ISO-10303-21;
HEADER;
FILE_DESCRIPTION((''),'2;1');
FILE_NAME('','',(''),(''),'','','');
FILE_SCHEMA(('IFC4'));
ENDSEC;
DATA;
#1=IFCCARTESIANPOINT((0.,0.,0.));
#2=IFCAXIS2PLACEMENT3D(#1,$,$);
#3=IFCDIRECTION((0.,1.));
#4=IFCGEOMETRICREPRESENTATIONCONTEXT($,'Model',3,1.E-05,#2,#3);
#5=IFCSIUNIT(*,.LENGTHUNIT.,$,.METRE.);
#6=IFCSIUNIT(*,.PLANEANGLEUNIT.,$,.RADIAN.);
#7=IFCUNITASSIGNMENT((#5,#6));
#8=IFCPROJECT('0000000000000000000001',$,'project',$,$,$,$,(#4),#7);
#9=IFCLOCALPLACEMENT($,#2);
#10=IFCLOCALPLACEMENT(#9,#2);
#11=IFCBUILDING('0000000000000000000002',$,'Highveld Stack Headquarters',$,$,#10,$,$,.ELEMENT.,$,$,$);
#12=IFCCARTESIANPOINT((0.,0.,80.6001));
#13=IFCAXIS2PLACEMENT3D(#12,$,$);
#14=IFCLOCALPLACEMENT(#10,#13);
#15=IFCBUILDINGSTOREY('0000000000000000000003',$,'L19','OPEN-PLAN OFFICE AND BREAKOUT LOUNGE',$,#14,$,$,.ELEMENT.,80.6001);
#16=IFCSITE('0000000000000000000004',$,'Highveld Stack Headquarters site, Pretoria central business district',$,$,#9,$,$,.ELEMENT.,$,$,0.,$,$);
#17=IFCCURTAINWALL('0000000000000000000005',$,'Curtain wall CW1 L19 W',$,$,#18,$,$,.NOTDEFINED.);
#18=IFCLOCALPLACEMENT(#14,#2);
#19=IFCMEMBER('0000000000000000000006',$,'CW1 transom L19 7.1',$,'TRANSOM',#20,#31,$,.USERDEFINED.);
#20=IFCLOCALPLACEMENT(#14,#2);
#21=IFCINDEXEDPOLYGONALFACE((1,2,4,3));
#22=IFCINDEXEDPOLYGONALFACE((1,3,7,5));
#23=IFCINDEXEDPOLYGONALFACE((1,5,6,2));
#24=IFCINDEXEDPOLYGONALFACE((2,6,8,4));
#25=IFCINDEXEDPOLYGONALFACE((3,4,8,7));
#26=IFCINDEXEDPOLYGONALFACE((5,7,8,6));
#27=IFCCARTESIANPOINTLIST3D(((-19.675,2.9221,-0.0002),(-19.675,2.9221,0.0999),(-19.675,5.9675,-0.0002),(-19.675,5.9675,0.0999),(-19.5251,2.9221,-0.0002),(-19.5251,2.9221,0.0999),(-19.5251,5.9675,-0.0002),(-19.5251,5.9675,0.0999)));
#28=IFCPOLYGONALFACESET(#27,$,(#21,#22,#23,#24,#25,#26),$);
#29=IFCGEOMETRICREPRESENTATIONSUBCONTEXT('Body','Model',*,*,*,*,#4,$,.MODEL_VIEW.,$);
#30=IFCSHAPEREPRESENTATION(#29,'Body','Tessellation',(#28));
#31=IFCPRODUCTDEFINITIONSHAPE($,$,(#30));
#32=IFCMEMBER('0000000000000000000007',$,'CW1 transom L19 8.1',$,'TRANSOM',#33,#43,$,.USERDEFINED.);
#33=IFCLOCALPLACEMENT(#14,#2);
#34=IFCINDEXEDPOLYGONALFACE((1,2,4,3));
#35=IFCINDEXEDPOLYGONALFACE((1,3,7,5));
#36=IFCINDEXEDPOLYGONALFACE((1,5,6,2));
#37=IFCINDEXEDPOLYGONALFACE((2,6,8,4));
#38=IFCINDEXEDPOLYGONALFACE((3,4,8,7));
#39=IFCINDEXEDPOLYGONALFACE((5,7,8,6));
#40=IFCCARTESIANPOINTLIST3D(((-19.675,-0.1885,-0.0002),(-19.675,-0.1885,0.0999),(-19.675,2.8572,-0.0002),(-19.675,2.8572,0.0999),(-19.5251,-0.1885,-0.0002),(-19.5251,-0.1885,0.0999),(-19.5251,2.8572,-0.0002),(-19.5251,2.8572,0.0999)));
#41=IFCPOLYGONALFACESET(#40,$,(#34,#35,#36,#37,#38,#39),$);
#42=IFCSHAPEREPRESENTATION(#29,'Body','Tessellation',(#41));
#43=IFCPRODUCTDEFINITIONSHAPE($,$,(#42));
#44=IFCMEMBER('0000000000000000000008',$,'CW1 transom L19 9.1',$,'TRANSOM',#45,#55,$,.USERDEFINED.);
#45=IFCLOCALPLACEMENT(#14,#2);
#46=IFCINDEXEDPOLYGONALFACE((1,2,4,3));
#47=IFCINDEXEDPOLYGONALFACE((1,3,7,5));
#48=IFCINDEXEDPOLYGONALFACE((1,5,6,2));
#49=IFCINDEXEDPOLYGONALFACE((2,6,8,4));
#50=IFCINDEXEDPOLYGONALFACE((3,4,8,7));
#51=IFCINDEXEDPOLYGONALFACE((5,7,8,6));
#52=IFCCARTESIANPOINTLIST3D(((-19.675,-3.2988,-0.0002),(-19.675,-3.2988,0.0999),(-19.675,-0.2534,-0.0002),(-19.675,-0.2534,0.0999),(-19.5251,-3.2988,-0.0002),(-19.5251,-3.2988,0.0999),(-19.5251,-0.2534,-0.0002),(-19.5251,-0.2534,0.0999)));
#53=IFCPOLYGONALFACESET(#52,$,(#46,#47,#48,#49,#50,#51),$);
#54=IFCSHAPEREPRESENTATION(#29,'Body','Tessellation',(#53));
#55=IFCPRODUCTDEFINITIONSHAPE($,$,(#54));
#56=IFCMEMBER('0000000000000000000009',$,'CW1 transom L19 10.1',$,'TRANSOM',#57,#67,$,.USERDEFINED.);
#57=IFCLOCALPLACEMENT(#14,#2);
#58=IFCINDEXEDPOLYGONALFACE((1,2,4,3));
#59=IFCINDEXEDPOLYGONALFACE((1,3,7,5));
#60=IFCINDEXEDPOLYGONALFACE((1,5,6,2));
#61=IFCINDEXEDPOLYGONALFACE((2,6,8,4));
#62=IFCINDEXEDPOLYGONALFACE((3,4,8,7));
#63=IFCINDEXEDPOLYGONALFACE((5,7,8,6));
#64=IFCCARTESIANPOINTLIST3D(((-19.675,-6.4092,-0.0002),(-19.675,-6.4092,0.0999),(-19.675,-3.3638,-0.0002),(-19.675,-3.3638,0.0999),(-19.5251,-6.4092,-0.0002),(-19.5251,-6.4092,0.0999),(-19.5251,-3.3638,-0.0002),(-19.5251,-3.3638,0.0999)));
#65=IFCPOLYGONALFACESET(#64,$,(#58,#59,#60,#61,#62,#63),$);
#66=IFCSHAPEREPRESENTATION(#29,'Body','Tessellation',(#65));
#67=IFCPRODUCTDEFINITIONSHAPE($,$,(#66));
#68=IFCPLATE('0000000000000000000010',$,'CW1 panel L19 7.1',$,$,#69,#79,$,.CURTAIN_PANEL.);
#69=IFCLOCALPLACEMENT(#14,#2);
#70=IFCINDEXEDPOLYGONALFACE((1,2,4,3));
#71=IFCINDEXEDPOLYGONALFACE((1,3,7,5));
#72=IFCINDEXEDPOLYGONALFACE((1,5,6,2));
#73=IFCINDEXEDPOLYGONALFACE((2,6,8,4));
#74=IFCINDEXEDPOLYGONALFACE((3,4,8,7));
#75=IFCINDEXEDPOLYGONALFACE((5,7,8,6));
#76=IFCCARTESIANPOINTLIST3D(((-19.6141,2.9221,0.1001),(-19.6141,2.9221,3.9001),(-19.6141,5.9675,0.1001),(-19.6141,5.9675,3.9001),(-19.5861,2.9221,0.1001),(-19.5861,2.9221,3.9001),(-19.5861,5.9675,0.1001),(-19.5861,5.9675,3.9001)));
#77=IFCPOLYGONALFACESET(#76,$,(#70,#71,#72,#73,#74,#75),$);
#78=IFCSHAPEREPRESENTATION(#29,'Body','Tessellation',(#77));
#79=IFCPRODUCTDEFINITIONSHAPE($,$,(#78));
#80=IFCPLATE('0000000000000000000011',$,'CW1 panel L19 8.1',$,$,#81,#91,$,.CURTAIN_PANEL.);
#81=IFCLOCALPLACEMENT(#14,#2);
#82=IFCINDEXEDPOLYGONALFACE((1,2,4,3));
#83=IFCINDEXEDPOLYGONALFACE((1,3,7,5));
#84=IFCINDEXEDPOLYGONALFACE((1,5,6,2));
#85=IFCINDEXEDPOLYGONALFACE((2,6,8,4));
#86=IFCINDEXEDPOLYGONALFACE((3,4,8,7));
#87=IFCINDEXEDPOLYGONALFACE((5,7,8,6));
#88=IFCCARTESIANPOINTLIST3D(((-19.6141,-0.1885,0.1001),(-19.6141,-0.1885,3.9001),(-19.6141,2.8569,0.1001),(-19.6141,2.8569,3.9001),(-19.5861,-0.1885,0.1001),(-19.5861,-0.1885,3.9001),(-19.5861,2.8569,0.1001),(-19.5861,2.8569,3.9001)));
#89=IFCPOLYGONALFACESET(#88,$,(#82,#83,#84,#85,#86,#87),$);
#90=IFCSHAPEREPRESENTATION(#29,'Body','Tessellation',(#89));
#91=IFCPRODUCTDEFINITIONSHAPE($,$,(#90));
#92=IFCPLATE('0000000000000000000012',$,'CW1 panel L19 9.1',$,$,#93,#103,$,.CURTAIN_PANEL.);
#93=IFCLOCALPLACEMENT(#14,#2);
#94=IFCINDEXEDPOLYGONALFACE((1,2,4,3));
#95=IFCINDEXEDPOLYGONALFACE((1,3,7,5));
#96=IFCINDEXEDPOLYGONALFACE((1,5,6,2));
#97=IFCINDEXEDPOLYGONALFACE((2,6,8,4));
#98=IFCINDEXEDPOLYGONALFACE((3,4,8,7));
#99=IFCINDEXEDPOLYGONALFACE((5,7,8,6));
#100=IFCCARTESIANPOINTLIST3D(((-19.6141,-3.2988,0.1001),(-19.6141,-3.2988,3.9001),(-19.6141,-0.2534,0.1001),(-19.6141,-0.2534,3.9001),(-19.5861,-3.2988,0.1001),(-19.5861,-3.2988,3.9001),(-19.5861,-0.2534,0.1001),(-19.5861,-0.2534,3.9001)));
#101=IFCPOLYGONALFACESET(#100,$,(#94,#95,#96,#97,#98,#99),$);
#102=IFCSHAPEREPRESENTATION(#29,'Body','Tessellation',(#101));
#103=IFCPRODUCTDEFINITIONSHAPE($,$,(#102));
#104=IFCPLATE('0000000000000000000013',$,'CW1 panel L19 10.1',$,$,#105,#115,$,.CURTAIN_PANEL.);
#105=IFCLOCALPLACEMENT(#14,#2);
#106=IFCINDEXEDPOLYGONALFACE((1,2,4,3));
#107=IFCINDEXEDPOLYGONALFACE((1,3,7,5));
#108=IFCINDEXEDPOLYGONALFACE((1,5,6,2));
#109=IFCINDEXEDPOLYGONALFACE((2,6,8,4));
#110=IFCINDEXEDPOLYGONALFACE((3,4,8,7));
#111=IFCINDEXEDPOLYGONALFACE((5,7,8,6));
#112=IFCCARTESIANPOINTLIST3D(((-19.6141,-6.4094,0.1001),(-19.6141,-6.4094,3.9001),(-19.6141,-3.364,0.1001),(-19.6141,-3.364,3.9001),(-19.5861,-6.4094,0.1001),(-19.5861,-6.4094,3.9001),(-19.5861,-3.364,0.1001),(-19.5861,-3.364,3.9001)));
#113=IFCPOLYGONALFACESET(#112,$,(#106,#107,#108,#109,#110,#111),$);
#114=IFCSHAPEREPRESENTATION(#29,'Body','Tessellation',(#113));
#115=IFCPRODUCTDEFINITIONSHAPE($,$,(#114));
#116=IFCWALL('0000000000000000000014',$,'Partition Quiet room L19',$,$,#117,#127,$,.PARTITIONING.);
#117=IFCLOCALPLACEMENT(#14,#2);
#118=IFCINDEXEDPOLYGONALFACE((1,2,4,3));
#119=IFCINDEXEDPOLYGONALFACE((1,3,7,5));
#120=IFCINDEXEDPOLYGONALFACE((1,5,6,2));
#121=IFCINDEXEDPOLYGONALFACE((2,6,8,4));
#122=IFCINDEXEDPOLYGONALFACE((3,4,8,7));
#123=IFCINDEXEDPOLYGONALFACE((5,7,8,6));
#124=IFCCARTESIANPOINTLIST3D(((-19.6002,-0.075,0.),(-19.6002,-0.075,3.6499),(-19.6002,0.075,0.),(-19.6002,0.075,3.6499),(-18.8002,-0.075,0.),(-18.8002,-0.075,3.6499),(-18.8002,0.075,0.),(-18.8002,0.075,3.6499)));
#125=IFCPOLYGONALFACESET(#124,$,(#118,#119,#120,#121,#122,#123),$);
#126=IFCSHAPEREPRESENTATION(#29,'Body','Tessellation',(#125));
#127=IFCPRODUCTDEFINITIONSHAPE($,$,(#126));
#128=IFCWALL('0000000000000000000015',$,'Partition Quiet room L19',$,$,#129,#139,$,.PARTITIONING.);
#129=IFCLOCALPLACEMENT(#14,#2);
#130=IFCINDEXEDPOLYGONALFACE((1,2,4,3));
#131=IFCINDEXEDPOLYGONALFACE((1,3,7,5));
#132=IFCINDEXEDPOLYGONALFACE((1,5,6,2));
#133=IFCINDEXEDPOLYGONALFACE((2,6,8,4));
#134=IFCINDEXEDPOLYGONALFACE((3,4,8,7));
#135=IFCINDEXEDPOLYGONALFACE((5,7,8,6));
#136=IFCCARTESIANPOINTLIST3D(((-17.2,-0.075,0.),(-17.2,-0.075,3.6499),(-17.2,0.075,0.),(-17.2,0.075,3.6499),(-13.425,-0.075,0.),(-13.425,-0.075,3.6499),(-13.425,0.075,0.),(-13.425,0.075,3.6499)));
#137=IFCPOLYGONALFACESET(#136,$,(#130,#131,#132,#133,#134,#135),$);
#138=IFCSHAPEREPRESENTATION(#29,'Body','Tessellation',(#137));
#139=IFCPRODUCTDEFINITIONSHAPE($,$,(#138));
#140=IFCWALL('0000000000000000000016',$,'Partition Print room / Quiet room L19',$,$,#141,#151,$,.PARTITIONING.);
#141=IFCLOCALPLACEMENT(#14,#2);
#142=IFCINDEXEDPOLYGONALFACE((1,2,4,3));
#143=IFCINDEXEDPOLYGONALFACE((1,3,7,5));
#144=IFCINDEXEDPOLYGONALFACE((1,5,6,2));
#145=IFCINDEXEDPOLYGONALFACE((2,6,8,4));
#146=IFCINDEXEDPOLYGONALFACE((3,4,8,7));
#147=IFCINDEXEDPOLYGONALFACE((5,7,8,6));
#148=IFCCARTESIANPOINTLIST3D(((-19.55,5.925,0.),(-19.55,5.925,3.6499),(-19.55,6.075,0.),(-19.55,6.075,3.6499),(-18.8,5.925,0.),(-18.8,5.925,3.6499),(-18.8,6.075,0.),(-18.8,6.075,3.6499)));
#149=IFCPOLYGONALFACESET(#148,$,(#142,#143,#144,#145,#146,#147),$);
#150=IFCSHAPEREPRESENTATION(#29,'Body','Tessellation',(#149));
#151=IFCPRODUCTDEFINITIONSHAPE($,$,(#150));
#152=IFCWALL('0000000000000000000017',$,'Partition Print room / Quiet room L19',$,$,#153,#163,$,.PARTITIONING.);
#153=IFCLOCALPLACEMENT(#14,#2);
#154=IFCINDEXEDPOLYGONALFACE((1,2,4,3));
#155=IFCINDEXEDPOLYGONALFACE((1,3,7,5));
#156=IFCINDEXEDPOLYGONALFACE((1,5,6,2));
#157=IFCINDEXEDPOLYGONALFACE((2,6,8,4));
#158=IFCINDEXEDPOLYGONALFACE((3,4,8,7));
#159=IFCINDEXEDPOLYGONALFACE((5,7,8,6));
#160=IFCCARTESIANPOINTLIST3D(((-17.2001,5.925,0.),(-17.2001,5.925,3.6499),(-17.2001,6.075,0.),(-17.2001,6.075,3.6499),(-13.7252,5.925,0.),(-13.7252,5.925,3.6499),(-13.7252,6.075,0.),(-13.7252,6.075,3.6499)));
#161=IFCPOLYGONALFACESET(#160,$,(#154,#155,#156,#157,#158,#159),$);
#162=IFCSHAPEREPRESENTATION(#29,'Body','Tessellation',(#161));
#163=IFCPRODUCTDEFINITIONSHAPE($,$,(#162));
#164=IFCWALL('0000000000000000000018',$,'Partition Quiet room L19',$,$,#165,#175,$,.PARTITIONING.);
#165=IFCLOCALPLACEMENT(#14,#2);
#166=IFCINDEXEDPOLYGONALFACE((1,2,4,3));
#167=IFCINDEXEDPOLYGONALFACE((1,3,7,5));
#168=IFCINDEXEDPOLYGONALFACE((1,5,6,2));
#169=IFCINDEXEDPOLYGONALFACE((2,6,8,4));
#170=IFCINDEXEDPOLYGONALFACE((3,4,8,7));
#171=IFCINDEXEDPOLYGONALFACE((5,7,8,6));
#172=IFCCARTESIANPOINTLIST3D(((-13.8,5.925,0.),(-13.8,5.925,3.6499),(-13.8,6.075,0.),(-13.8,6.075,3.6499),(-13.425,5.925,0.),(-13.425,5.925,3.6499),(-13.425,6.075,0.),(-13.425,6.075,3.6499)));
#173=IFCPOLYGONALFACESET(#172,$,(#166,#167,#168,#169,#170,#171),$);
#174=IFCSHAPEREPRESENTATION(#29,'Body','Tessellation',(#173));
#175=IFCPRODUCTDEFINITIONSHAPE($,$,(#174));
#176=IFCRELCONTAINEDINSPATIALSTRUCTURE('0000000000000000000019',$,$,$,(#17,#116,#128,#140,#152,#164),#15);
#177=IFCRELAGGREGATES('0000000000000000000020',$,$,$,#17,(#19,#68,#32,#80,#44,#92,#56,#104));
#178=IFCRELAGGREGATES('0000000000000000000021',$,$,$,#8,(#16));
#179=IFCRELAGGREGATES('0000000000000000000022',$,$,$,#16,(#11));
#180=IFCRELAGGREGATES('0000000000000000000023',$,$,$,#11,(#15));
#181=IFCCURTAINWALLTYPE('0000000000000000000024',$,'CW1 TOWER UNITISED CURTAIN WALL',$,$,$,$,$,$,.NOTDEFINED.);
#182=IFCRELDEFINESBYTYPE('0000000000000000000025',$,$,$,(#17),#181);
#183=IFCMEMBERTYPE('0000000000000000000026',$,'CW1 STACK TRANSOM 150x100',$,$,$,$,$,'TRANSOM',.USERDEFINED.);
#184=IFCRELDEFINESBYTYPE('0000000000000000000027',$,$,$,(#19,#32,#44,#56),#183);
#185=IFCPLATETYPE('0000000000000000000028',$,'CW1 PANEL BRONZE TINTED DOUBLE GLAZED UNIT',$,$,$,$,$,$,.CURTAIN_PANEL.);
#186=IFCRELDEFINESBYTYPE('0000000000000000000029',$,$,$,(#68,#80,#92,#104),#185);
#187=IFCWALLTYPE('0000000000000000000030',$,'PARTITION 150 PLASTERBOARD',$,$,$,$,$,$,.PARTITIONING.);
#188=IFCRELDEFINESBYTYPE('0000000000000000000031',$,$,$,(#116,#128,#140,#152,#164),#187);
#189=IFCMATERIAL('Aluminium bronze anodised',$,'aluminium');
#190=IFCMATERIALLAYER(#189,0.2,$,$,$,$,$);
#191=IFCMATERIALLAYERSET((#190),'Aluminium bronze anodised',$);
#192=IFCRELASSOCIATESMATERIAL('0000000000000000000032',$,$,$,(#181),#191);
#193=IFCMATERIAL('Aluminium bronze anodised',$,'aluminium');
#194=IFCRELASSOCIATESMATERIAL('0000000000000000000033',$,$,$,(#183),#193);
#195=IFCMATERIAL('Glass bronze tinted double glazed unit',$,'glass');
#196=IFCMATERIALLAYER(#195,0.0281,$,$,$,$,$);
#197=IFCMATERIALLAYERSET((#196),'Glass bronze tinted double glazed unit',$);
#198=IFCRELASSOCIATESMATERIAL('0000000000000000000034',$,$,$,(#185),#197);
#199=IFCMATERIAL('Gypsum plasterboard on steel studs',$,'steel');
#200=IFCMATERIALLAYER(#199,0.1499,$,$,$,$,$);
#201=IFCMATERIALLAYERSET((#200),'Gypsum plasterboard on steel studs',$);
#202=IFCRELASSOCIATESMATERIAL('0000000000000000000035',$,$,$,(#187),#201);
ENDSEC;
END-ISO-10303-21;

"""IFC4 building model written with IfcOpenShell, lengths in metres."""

from ifc_helpers import new_model, si_unit, direction, frame, frame_2d, origin, origin_2d, place, context, subcontext, project, spatial, rectangle, extrude, material, layer, layer_set, material_profile, profile_set, type_object, element, aggregate, save


model = new_model("IFC4")

# Units and contexts
model_context = context("Model", 3, precision=1e-05, world=origin(), true_north=direction((0.0, 1.0)))
body_context = subcontext(model_context, "Body", "Model", "MODEL_VIEW")
ifc_project = project(units=[si_unit("LENGTHUNIT", "METRE"), si_unit("PLANEANGLEUNIT", "RADIAN")], contexts=[model_context])

# Site, building, storey
site_placement = place(None, origin())
site = spatial("IfcSite", under=ifc_project, at=site_placement, Name="Highveld Stack Headquarters site, Pretoria central business district", CompositionType="ELEMENT", RefElevation=0.0)
building_placement = place(site_placement, origin())
building = spatial("IfcBuilding", under=site, at=building_placement, Name="Highveld Stack Headquarters", CompositionType="ELEMENT")
storey_placement = place(building_placement, frame((0.0, 0.0, 80.6001)))
storey = spatial("IfcBuildingStorey", under=building, at=storey_placement, Name="L19", Description="OPEN-PLAN OFFICE AND BREAKOUT LOUNGE", CompositionType="ELEMENT", Elevation=80.6001)

# Curtain wall, members, plates
ifc_material_1 = material(Name="Aluminium bronze anodised", Category="aluminium")
ifc_layer_1 = layer(ifc_material_1, 0.2)
ifc_layer_set_1 = layer_set([ifc_layer_1], Name="Aluminium bronze anodised")
curtain_wall_type = type_object("IfcCurtainWallType", Name="CW1 TOWER UNITISED CURTAIN WALL", PredefinedType="NOTDEFINED", material=ifc_layer_set_1)
curtain_wall_placement = place(storey_placement, origin())
curtain_wall = element("IfcCurtainWall", 1, at=curtain_wall_placement, inside=storey, type_object=curtain_wall_type, Name="Curtain wall CW1 L19 W", PredefinedType="NOTDEFINED")
ifc_material_2 = material(Name="Aluminium bronze anodised", Category="aluminium")
ifc_material_profile_1 = material_profile(ifc_material_2, rectangle(XDim=0.1499, YDim=0.1001, at=origin_2d()), Name="CW1 TRANSOM 150x100")
ifc_profile_set_1 = profile_set([ifc_material_profile_1], Name="Aluminium bronze anodised")
member_type_1 = type_object("IfcMemberType", Name="CW1 STACK TRANSOM 150x100", ElementType="TRANSOM", PredefinedType="USERDEFINED", material=ifc_profile_set_1)
member_1_placement = place(storey_placement, frame((-19.6001, 5.9675, 0.0498), z_axis=(0.0, -1.0, 0.0), x_axis=(1.0, 0.0, 0.0)))
member_1 = element("IfcMember", 2, at=member_1_placement, type_object=member_type_1, Name="CW1 transom L19 7.1", ObjectType="TRANSOM", PredefinedType="USERDEFINED", context=body_context, shape_type="SweptSolid", body=[
    extrude(rectangle(XDim=0.1499, YDim=0.1001, at=origin_2d()), origin(), (0.0, 0.0, 1.0), 3.0454),
])
member_2_placement = place(storey_placement, frame((-19.6001, 2.8572, 0.0498), z_axis=(0.0, -1.0, 0.0), x_axis=(1.0, 0.0, 0.0)))
member_2 = element("IfcMember", 3, at=member_2_placement, type_object=member_type_1, Name="CW1 transom L19 8.1", ObjectType="TRANSOM", PredefinedType="USERDEFINED", context=body_context, shape_type="SweptSolid", body=[
    extrude(rectangle(XDim=0.1499, YDim=0.1001, at=origin_2d()), origin(), (0.0, 0.0, 1.0), 3.0457),
])
member_3_placement = place(storey_placement, frame((-19.6001, -0.2534, 0.0498), z_axis=(0.0, -1.0, 0.0), x_axis=(1.0, 0.0, 0.0)))
member_3 = element("IfcMember", 4, at=member_3_placement, type_object=member_type_1, Name="CW1 transom L19 9.1", ObjectType="TRANSOM", PredefinedType="USERDEFINED", context=body_context, shape_type="SweptSolid", body=[
    extrude(rectangle(XDim=0.1499, YDim=0.1001, at=origin_2d()), origin(), (0.0, 0.0, 1.0), 3.0454),
])
member_4_placement = place(storey_placement, frame((-19.6001, -3.3638, 0.0498), z_axis=(0.0, -1.0, 0.0), x_axis=(1.0, 0.0, 0.0)))
member_4 = element("IfcMember", 5, at=member_4_placement, type_object=member_type_1, Name="CW1 transom L19 10.1", ObjectType="TRANSOM", PredefinedType="USERDEFINED", context=body_context, shape_type="SweptSolid", body=[
    extrude(rectangle(XDim=0.1499, YDim=0.1001, at=origin_2d()), origin(), (0.0, 0.0, 1.0), 3.0454),
])
ifc_material_3 = material(Name="Glass bronze tinted double glazed unit", Category="glass")
ifc_layer_2 = layer(ifc_material_3, 0.0281)
ifc_layer_set_2 = layer_set([ifc_layer_2], Name="Glass bronze tinted double glazed unit")
plate_type = type_object("IfcPlateType", Name="CW1 PANEL BRONZE TINTED DOUBLE GLAZED UNIT", PredefinedType="CURTAIN_PANEL", material=ifc_layer_set_2)
plate_1_placement = place(storey_placement, frame((-19.6001, 4.4448, 0.1001), z_axis=(0.0, 0.0, 1.0), x_axis=(0.0, -1.0, 0.0)))
plate_1 = element("IfcPlate", 6, at=plate_1_placement, type_object=plate_type, Name="CW1 panel L19 7.1", PredefinedType="CURTAIN_PANEL", context=body_context, shape_type="SweptSolid", body=[
    extrude(rectangle(XDim=3.0454, YDim=0.0281, at=origin_2d()), origin(), (0.0, 0.0, 1.0), 3.8),
])
plate_2_placement = place(storey_placement, frame((-19.6001, 1.3342, 0.1001), z_axis=(0.0, 0.0, 1.0), x_axis=(0.0, -1.0, 0.0)))
plate_2 = element("IfcPlate", 7, at=plate_2_placement, type_object=plate_type, Name="CW1 panel L19 8.1", PredefinedType="CURTAIN_PANEL", context=body_context, shape_type="SweptSolid", body=[
    extrude(rectangle(XDim=3.0454, YDim=0.0281, at=origin_2d()), origin(), (0.0, 0.0, 1.0), 3.8),
])
plate_3_placement = place(storey_placement, frame((-19.6001, -1.7761, 0.1001), z_axis=(0.0, 0.0, 1.0), x_axis=(0.0, -1.0, 0.0)))
plate_3 = element("IfcPlate", 8, at=plate_3_placement, type_object=plate_type, Name="CW1 panel L19 9.1", PredefinedType="CURTAIN_PANEL", context=body_context, shape_type="SweptSolid", body=[
    extrude(rectangle(XDim=3.0454, YDim=0.0281, at=origin_2d()), origin(), (0.0, 0.0, 1.0), 3.8),
])
plate_4_placement = place(storey_placement, frame((-19.6001, -4.8867, 0.1001), z_axis=(0.0, 0.0, 1.0), x_axis=(0.0, -1.0, 0.0)))
plate_4 = element("IfcPlate", 9, at=plate_4_placement, type_object=plate_type, Name="CW1 panel L19 10.1", PredefinedType="CURTAIN_PANEL", context=body_context, shape_type="SweptSolid", body=[
    extrude(rectangle(XDim=3.0454, YDim=0.0281, at=origin_2d()), origin(), (0.0, 0.0, 1.0), 3.8),
])
aggregate(curtain_wall, [member_1, plate_1, member_2, plate_2, member_3, plate_3, member_4, plate_4])

# Walls
ifc_material_4 = material(Name="Gypsum plasterboard on steel studs", Category="steel")
ifc_layer_3 = layer(ifc_material_4, 0.1499)
ifc_layer_set_3 = layer_set([ifc_layer_3], Name="Gypsum plasterboard on steel studs")
wall_type = type_object("IfcWallType", Name="PARTITION 150 PLASTERBOARD", PredefinedType="PARTITIONING", material=ifc_layer_set_3)
wall_1_placement = place(storey_placement, frame((-19.6001, 0.0, 0.0), z_axis=(0.0, 0.0, 1.0), x_axis=(1.0, 0.0, 0.0)))
element("IfcWall", 10, at=wall_1_placement, inside=storey, type_object=wall_type, Name="Partition Quiet room L19", PredefinedType="PARTITIONING", context=body_context, shape_type="SweptSolid", body=[
    extrude(rectangle(XDim=0.8, YDim=0.1499, at=frame_2d((0.3999, 0.0))), origin(), (0.0, 0.0, 1.0), 3.6499),
])
wall_2_placement = place(storey_placement, frame((-17.2, 0.0, 0.0), z_axis=(0.0, 0.0, 1.0), x_axis=(1.0, 0.0, 0.0)))
element("IfcWall", 11, at=wall_2_placement, inside=storey, type_object=wall_type, Name="Partition Quiet room L19", PredefinedType="PARTITIONING", context=body_context, shape_type="SweptSolid", body=[
    extrude(rectangle(XDim=3.7749, YDim=0.1499, at=frame_2d((1.8875, 0.0))), origin(), (0.0, 0.0, 1.0), 3.6499),
])
wall_3_placement = place(storey_placement, frame((-19.55, 6.0, 0.0), z_axis=(0.0, 0.0, 1.0), x_axis=(1.0, 0.0, 0.0)))
element("IfcWall", 12, at=wall_3_placement, inside=storey, type_object=wall_type, Name="Partition Print room / Quiet room L19", PredefinedType="PARTITIONING", context=body_context, shape_type="SweptSolid", body=[
    extrude(rectangle(XDim=0.75, YDim=0.1499, at=frame_2d((0.375, 0.0))), origin(), (0.0, 0.0, 1.0), 3.6499),
])
wall_4_placement = place(storey_placement, frame((-17.2, 6.0, 0.0), z_axis=(0.0, 0.0, 1.0), x_axis=(1.0, 0.0, 0.0)))
element("IfcWall", 13, at=wall_4_placement, inside=storey, type_object=wall_type, Name="Partition Print room / Quiet room L19", PredefinedType="PARTITIONING", context=body_context, shape_type="SweptSolid", body=[
    extrude(rectangle(XDim=3.4749, YDim=0.1499, at=frame_2d((1.7373, 0.0))), origin(), (0.0, 0.0, 1.0), 3.6499),
])
wall_5_placement = place(storey_placement, frame((-13.8, 6.0, 0.0), z_axis=(0.0, 0.0, 1.0), x_axis=(1.0, 0.0, 0.0)))
element("IfcWall", 14, at=wall_5_placement, inside=storey, type_object=wall_type, Name="Partition Quiet room L19", PredefinedType="PARTITIONING", context=body_context, shape_type="SweptSolid", body=[
    extrude(rectangle(XDim=0.375, YDim=0.1499, at=frame_2d((0.1875, 0.0))), origin(), (0.0, 0.0, 1.0), 3.6499),
])

save(model, "model.ifc")
